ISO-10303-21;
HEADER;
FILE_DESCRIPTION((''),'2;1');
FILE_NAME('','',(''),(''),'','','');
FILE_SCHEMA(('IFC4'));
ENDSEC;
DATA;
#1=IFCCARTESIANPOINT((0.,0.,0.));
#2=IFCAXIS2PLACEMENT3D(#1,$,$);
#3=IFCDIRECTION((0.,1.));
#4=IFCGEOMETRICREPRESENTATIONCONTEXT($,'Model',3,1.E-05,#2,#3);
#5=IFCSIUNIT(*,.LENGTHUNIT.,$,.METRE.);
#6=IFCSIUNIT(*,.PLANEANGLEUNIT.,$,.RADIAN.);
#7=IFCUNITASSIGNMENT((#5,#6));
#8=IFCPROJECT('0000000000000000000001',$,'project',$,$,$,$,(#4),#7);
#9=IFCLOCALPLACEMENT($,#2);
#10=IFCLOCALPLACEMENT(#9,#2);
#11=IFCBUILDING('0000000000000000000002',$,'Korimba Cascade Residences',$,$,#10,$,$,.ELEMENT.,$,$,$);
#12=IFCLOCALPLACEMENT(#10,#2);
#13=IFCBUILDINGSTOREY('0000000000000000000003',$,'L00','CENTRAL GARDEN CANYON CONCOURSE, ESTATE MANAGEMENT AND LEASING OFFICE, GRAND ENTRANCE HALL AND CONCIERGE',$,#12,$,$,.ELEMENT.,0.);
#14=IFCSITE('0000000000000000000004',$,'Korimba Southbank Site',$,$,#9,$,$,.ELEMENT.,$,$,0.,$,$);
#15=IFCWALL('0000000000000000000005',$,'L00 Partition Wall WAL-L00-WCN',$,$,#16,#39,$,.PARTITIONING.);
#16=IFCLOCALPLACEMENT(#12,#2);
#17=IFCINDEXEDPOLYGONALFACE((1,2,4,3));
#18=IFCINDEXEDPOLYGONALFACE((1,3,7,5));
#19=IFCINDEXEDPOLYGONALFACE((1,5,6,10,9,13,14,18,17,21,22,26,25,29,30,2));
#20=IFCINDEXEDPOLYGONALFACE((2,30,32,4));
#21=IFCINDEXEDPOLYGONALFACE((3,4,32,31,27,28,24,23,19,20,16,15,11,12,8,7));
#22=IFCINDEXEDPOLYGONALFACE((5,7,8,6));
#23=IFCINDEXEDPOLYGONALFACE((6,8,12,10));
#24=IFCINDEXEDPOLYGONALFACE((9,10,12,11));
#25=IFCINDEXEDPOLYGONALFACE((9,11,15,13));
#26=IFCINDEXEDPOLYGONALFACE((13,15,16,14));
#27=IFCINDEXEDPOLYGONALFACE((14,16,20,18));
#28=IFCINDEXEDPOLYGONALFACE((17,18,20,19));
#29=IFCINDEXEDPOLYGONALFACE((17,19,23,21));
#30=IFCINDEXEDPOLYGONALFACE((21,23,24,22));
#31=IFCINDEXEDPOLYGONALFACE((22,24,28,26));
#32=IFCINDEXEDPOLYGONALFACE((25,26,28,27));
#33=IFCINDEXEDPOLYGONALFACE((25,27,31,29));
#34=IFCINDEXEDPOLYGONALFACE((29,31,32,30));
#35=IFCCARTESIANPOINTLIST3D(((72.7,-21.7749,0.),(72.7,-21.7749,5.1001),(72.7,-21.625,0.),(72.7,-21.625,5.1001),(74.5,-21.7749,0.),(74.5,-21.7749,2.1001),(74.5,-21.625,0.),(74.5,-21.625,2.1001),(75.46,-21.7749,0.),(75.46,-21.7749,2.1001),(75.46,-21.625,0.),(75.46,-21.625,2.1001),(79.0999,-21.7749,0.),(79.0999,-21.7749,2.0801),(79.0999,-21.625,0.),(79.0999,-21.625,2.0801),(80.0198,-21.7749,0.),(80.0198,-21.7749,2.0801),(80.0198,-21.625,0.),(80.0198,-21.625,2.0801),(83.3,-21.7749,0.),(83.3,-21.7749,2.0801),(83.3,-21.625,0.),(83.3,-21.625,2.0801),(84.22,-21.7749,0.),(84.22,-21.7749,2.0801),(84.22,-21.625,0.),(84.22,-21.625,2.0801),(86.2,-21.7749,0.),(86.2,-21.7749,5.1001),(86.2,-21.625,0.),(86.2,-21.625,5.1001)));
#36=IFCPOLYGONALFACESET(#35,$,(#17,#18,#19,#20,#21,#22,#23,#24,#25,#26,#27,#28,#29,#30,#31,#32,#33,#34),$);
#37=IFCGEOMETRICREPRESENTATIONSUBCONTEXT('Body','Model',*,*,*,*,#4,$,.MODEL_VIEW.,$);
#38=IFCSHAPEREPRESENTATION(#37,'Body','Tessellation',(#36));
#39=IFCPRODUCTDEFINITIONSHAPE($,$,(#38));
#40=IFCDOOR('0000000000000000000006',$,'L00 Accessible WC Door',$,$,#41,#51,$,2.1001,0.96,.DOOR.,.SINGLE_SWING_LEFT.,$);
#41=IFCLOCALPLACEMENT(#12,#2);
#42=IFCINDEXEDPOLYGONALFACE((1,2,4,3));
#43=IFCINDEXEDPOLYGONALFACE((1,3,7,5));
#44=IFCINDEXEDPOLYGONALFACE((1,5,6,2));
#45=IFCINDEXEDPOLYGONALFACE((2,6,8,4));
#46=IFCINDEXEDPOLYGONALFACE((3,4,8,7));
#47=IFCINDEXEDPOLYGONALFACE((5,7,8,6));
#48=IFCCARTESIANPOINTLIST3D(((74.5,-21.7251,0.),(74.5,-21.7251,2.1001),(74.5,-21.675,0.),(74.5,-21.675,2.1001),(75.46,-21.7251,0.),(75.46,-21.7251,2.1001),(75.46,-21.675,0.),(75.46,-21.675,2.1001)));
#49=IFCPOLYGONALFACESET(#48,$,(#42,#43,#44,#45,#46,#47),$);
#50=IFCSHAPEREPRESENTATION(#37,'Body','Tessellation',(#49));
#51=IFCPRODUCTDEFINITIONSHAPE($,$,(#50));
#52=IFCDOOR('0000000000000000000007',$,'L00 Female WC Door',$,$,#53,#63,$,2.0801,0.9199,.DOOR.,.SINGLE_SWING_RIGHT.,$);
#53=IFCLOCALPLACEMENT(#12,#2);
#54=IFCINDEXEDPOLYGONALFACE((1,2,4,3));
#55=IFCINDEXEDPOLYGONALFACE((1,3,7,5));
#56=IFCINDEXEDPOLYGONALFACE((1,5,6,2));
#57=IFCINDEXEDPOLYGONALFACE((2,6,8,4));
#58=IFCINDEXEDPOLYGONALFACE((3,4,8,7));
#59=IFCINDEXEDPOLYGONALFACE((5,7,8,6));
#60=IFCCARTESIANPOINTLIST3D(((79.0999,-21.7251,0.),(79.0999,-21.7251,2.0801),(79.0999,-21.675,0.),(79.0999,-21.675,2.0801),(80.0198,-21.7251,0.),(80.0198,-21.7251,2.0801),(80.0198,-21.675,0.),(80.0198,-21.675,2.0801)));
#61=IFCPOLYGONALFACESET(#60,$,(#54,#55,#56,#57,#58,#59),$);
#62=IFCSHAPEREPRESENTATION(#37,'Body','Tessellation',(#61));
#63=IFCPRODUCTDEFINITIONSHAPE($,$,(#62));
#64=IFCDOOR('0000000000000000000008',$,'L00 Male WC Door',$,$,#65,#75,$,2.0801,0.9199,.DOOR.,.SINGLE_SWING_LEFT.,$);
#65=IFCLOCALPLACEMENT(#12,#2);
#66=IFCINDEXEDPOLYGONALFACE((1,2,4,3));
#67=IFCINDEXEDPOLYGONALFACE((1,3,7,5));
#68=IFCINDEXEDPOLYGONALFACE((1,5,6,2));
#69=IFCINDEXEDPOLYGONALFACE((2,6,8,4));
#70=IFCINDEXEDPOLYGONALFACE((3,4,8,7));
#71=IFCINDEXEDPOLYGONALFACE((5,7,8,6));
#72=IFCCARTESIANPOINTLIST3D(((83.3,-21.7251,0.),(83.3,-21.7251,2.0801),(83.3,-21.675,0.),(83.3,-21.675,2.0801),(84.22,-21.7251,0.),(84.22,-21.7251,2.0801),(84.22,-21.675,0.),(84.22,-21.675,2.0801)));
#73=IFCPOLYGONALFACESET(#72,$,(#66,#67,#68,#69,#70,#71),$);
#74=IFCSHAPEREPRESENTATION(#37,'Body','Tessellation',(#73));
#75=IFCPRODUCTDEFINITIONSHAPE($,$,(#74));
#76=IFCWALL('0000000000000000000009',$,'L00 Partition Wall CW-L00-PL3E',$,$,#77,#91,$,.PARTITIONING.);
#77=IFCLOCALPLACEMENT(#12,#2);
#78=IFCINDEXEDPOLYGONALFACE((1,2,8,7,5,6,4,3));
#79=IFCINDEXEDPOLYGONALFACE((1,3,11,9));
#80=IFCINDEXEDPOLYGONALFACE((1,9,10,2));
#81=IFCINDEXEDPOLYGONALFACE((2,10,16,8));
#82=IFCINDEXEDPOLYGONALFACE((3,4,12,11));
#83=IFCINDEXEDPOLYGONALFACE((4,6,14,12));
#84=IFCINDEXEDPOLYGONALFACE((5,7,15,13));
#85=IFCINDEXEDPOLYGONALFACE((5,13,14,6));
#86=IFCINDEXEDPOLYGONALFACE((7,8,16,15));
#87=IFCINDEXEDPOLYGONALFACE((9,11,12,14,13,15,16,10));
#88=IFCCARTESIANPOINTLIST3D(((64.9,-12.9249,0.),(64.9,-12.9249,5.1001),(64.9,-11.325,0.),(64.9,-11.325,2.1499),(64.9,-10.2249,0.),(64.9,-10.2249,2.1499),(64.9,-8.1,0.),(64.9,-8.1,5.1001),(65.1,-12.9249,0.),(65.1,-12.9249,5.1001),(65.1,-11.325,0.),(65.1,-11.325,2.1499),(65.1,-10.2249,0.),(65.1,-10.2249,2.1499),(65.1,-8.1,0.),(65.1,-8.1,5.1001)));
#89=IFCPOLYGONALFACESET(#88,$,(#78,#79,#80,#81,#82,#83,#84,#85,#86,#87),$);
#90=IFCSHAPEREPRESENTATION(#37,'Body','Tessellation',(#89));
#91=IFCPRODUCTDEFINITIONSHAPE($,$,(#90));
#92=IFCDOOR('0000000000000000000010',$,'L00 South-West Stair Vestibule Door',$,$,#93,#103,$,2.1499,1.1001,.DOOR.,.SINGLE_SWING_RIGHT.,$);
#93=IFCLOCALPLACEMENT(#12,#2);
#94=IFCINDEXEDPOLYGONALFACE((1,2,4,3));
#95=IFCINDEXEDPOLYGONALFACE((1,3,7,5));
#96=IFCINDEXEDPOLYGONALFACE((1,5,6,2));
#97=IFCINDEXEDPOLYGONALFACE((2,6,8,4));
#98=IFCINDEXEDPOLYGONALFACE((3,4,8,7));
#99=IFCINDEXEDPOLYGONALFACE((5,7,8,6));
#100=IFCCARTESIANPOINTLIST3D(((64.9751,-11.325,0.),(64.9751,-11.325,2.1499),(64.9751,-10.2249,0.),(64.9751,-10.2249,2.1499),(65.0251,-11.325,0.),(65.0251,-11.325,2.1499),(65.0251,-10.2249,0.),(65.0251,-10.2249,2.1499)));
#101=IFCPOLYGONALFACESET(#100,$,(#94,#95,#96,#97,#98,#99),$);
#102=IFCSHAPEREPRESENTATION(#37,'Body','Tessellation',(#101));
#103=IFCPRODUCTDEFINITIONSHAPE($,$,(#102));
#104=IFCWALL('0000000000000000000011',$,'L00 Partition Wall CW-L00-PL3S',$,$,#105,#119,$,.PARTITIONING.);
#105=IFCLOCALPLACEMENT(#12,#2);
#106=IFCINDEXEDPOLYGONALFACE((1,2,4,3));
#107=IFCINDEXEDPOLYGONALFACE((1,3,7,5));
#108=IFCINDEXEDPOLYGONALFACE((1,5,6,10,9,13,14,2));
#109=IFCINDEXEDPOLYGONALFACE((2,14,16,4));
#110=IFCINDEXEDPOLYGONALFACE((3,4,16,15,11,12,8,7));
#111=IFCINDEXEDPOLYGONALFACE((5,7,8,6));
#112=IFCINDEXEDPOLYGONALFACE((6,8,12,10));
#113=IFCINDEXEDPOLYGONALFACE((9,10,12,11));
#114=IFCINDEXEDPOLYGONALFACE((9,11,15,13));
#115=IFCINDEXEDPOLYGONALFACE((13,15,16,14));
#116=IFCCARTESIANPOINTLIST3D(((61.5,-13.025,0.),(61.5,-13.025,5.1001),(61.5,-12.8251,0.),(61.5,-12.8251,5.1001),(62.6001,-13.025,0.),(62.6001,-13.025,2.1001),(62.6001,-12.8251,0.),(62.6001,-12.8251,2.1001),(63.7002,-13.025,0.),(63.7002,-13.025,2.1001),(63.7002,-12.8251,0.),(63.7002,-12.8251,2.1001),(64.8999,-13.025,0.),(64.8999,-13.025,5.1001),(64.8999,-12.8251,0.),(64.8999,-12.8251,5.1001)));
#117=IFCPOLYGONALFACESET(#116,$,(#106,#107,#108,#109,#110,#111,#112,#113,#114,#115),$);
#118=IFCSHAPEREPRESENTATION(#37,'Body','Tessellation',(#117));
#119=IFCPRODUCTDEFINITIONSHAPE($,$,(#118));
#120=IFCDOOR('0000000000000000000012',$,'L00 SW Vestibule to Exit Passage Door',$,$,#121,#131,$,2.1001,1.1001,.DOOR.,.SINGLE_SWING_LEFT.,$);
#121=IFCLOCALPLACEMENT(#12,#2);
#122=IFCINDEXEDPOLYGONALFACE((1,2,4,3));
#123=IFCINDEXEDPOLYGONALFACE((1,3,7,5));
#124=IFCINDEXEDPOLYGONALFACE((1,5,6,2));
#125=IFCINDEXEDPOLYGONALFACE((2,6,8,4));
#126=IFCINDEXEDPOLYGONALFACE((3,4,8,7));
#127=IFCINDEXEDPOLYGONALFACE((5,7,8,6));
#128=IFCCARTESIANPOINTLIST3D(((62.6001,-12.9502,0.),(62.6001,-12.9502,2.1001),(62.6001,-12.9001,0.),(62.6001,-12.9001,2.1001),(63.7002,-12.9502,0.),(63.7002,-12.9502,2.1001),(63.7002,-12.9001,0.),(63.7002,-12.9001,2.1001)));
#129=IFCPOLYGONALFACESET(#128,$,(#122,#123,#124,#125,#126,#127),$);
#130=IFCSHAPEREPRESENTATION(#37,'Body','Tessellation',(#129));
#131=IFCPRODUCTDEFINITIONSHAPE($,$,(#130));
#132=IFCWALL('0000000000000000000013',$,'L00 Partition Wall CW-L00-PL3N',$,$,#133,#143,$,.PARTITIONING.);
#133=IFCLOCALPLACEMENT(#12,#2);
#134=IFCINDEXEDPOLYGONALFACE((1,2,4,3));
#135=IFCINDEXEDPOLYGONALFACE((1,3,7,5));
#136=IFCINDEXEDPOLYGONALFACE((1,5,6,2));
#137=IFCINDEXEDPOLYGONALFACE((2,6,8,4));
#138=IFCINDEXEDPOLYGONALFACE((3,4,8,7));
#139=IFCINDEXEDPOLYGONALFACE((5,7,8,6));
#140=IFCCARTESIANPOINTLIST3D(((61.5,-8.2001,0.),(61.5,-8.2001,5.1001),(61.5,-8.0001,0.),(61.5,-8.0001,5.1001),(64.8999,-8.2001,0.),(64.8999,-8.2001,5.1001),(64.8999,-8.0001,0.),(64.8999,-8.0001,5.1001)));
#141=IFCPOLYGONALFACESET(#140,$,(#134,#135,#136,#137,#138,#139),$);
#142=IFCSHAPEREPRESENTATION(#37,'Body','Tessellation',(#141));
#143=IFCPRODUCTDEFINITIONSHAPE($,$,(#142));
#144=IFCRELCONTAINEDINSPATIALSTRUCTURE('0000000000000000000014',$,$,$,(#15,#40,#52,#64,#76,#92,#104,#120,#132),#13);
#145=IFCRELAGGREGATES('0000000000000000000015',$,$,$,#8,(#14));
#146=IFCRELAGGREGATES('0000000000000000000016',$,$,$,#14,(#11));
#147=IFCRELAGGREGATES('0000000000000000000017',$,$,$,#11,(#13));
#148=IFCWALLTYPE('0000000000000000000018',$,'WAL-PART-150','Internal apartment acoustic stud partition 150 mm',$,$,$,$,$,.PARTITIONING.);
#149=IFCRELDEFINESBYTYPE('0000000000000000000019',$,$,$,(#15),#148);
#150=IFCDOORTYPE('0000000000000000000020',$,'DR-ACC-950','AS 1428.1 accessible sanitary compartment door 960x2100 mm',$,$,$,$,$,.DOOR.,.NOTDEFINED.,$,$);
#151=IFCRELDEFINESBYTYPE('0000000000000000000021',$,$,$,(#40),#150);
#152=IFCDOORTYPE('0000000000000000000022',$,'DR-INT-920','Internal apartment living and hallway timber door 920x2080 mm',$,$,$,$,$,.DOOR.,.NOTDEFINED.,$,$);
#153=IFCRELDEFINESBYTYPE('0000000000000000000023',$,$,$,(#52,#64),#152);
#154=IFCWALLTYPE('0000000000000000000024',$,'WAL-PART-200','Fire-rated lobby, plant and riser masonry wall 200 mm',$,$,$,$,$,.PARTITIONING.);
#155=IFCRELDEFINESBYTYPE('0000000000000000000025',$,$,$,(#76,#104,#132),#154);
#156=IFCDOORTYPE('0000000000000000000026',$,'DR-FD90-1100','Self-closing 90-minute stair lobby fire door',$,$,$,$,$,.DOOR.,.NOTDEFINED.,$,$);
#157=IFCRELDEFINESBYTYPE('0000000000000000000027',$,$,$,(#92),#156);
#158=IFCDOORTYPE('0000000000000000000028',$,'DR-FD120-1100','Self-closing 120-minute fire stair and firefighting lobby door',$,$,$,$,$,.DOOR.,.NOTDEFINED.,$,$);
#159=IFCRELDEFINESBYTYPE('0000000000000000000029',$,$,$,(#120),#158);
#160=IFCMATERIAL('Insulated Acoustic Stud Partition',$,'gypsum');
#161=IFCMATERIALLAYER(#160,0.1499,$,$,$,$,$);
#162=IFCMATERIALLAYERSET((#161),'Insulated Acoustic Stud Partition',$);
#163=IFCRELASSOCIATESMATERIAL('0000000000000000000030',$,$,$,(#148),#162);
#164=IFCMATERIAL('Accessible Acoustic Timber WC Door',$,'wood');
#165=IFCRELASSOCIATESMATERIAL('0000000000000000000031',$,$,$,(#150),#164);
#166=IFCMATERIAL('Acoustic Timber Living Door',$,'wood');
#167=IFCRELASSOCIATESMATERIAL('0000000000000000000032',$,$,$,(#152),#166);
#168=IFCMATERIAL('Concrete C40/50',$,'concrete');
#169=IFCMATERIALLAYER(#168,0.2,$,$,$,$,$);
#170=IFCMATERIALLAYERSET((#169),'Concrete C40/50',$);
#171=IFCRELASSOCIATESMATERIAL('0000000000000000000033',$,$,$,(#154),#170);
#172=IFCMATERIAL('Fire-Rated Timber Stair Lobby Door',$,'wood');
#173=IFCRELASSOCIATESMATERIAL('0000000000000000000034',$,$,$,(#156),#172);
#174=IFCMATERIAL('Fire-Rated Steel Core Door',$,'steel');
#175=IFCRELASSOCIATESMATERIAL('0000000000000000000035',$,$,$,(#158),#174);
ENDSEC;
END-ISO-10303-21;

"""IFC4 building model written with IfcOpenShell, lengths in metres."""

from ifc_helpers import new_model, si_unit, direction, frame, frame_2d, origin, place, context, subcontext, project, spatial, rectangle, extrude, material, layer, layer_set, type_object, element, fill, save


model = new_model("IFC4")

# Units and contexts
model_context = context("Model", 3, precision=1e-05, world=origin(), true_north=direction((0.0, 1.0)))
body_context = subcontext(model_context, "Body", "Model", "MODEL_VIEW")
ifc_project = project(units=[si_unit("LENGTHUNIT", "METRE"), si_unit("PLANEANGLEUNIT", "RADIAN")], contexts=[model_context])

# Site, building, storey
site_placement = place(None, origin())
site = spatial("IfcSite", under=ifc_project, at=site_placement, Name="Korimba Southbank Site", CompositionType="ELEMENT", RefElevation=0.0)
building_placement = place(site_placement, origin())
building = spatial("IfcBuilding", under=site, at=building_placement, Name="Korimba Cascade Residences", CompositionType="ELEMENT")
storey_placement = place(building_placement, origin())
storey = spatial("IfcBuildingStorey", under=building, at=storey_placement, Name="L00", Description="CENTRAL GARDEN CANYON CONCOURSE, ESTATE MANAGEMENT AND LEASING OFFICE, GRAND ENTRANCE HALL AND CONCIERGE", CompositionType="ELEMENT", Elevation=0.0)

# Wall, openings, doors
ifc_material_1 = material(Name="Insulated Acoustic Stud Partition", Category="gypsum")
ifc_layer_1 = layer(ifc_material_1, 0.1499)
ifc_layer_set_1 = layer_set([ifc_layer_1], Name="Insulated Acoustic Stud Partition")
wall_type_1 = type_object("IfcWallType", Name="WAL-PART-150", Description="Internal apartment acoustic stud partition 150 mm", PredefinedType="PARTITIONING", material=ifc_layer_set_1)
wall_1_placement = place(storey_placement, frame((72.7, -21.7, 0.0), z_axis=(0.0, 0.0, 1.0), x_axis=(1.0, 0.0, 0.0)))
wall_1 = element("IfcWall", 1, at=wall_1_placement, inside=storey, type_object=wall_type_1, Name="L00 Partition Wall WAL-L00-WCN", PredefinedType="PARTITIONING", context=body_context, shape_type="SweptSolid", body=[
    extrude(rectangle(XDim=13.5, YDim=0.1499, at=frame_2d((6.75, 0.0))), origin(), (0.0, 0.0, 1.0), 5.1001),
])
opening_1_placement = place(wall_1_placement, frame((1.8, 0.0, 0.0)))
opening_1 = element("IfcOpeningElement", 2, at=opening_1_placement, cuts=wall_1, PredefinedType="OPENING", context=body_context, shape_type="SweptSolid", body=[
    extrude(rectangle(XDim=0.96, YDim=2.1001, at=frame_2d((0.48, 1.05))), frame((0.0, 0.085, 0.0), z_axis=(0.0, -1.0, 0.0), x_axis=(1.0, 0.0, 0.0)), (0.0, 0.0, 1.0), 0.1699),
])
opening_2_placement = place(wall_1_placement, frame((6.3999, 0.0, 0.0)))
opening_2 = element("IfcOpeningElement", 3, at=opening_2_placement, cuts=wall_1, PredefinedType="OPENING", context=body_context, shape_type="SweptSolid", body=[
    extrude(rectangle(XDim=0.9199, YDim=2.0801, at=frame_2d((0.46, 1.04))), frame((0.0, 0.085, 0.0), z_axis=(0.0, -1.0, 0.0), x_axis=(1.0, 0.0, 0.0)), (0.0, 0.0, 1.0), 0.1699),
])
opening_3_placement = place(wall_1_placement, frame((10.6001, 0.0, 0.0)))
opening_3 = element("IfcOpeningElement", 4, at=opening_3_placement, cuts=wall_1, PredefinedType="OPENING", context=body_context, shape_type="SweptSolid", body=[
    extrude(rectangle(XDim=0.9199, YDim=2.0801, at=frame_2d((0.46, 1.04))), frame((0.0, 0.085, 0.0), z_axis=(0.0, -1.0, 0.0), x_axis=(1.0, 0.0, 0.0)), (0.0, 0.0, 1.0), 0.1699),
])
ifc_material_2 = material(Name="Accessible Acoustic Timber WC Door", Category="wood")
door_type_1 = type_object("IfcDoorType", Name="DR-ACC-950", Description="AS 1428.1 accessible sanitary compartment door 960x2100 mm", OperationType="NOTDEFINED", PredefinedType="DOOR", material=ifc_material_2)
door_1_placement = place(opening_1_placement, origin())
door_1 = element("IfcDoor", 5, at=door_1_placement, inside=storey, type_object=door_type_1, Name="L00 Accessible WC Door", OperationType="SINGLE_SWING_LEFT", OverallHeight=2.1001, OverallWidth=0.96, PredefinedType="DOOR", context=body_context, shape_type="SweptSolid", body=[
    extrude(rectangle(XDim=0.96, YDim=2.1001, at=frame_2d((0.48, 1.05))), frame((0.0, 0.0249, 0.0), z_axis=(0.0, -1.0, 0.0), x_axis=(1.0, 0.0, 0.0)), (0.0, 0.0, 1.0), 0.05),
])
fill(opening_1, door_1)
ifc_material_3 = material(Name="Acoustic Timber Living Door", Category="wood")
door_type_2 = type_object("IfcDoorType", Name="DR-INT-920", Description="Internal apartment living and hallway timber door 920x2080 mm", OperationType="NOTDEFINED", PredefinedType="DOOR", material=ifc_material_3)
door_2_placement = place(opening_2_placement, origin())
door_2 = element("IfcDoor", 6, at=door_2_placement, inside=storey, type_object=door_type_2, Name="L00 Female WC Door", OperationType="SINGLE_SWING_RIGHT", OverallHeight=2.0801, OverallWidth=0.9199, PredefinedType="DOOR", context=body_context, shape_type="SweptSolid", body=[
    extrude(rectangle(XDim=0.9199, YDim=2.0801, at=frame_2d((0.46, 1.04))), frame((0.0, 0.0249, 0.0), z_axis=(0.0, -1.0, 0.0), x_axis=(1.0, 0.0, 0.0)), (0.0, 0.0, 1.0), 0.05),
])
fill(opening_2, door_2)
door_3_placement = place(opening_3_placement, origin())
door_3 = element("IfcDoor", 7, at=door_3_placement, inside=storey, type_object=door_type_2, Name="L00 Male WC Door", OperationType="SINGLE_SWING_LEFT", OverallHeight=2.0801, OverallWidth=0.9199, PredefinedType="DOOR", context=body_context, shape_type="SweptSolid", body=[
    extrude(rectangle(XDim=0.9199, YDim=2.0801, at=frame_2d((0.46, 1.04))), frame((0.0, 0.0249, 0.0), z_axis=(0.0, -1.0, 0.0), x_axis=(1.0, 0.0, 0.0)), (0.0, 0.0, 1.0), 0.05),
])
fill(opening_3, door_3)

# Walls, openings, doors
ifc_material_4 = material(Name="Concrete C40/50", Category="concrete")
ifc_layer_2 = layer(ifc_material_4, 0.2)
ifc_layer_set_2 = layer_set([ifc_layer_2], Name="Concrete C40/50")
wall_type_2 = type_object("IfcWallType", Name="WAL-PART-200", Description="Fire-rated lobby, plant and riser masonry wall 200 mm", PredefinedType="PARTITIONING", material=ifc_layer_set_2)
wall_2_placement = place(storey_placement, frame((65.0, -12.925, 0.0), z_axis=(0.0, 0.0, 1.0), x_axis=(0.0, 1.0, 0.0)))
wall_2 = element("IfcWall", 8, at=wall_2_placement, inside=storey, type_object=wall_type_2, Name="L00 Partition Wall CW-L00-PL3E", PredefinedType="PARTITIONING", context=body_context, shape_type="SweptSolid", body=[
    extrude(rectangle(XDim=4.825, YDim=0.2, at=frame_2d((2.4126, 0.0))), origin(), (0.0, 0.0, 1.0), 5.1001),
])
opening_4_placement = place(wall_2_placement, frame((1.6001, 0.0, 0.0)))
opening_4 = element("IfcOpeningElement", 9, at=opening_4_placement, cuts=wall_2, PredefinedType="OPENING", context=body_context, shape_type="SweptSolid", body=[
    extrude(rectangle(XDim=1.1001, YDim=2.1499, at=frame_2d((0.55, 1.075))), frame((0.0, 0.1099, 0.0), z_axis=(0.0, -1.0, 0.0), x_axis=(1.0, 0.0, 0.0)), (0.0, 0.0, 1.0), 0.22),
])
ifc_material_5 = material(Name="Fire-Rated Timber Stair Lobby Door", Category="wood")
door_type_3 = type_object("IfcDoorType", Name="DR-FD90-1100", Description="Self-closing 90-minute stair lobby fire door", OperationType="NOTDEFINED", PredefinedType="DOOR", material=ifc_material_5)
door_4_placement = place(opening_4_placement, origin())
door_4 = element("IfcDoor", 10, at=door_4_placement, inside=storey, type_object=door_type_3, Name="L00 South-West Stair Vestibule Door", OperationType="SINGLE_SWING_RIGHT", OverallHeight=2.1499, OverallWidth=1.1001, PredefinedType="DOOR", context=body_context, shape_type="SweptSolid", body=[
    extrude(rectangle(XDim=1.1001, YDim=2.1499, at=frame_2d((0.55, 1.075))), frame((0.0, 0.0249, 0.0), z_axis=(0.0, -1.0, 0.0), x_axis=(1.0, 0.0, 0.0)), (0.0, 0.0, 1.0), 0.05),
])
fill(opening_4, door_4)
wall_3_placement = place(storey_placement, frame((61.5, -12.925, 0.0), z_axis=(0.0, 0.0, 1.0), x_axis=(1.0, 0.0, 0.0)))
wall_3 = element("IfcWall", 11, at=wall_3_placement, inside=storey, type_object=wall_type_2, Name="L00 Partition Wall CW-L00-PL3S", PredefinedType="PARTITIONING", context=body_context, shape_type="SweptSolid", body=[
    extrude(rectangle(XDim=3.3999, YDim=0.2, at=frame_2d((1.7, 0.0))), origin(), (0.0, 0.0, 1.0), 5.1001),
])
opening_5_placement = place(wall_3_placement, frame((1.1001, 0.0, 0.0)))
opening_5 = element("IfcOpeningElement", 12, at=opening_5_placement, cuts=wall_3, PredefinedType="OPENING", context=body_context, shape_type="SweptSolid", body=[
    extrude(rectangle(XDim=1.1001, YDim=2.1001, at=frame_2d((0.55, 1.05))), frame((0.0, 0.1099, 0.0), z_axis=(0.0, -1.0, 0.0), x_axis=(1.0, 0.0, 0.0)), (0.0, 0.0, 1.0), 0.22),
])
ifc_material_6 = material(Name="Fire-Rated Steel Core Door", Category="steel")
door_type_4 = type_object("IfcDoorType", Name="DR-FD120-1100", Description="Self-closing 120-minute fire stair and firefighting lobby door", OperationType="NOTDEFINED", PredefinedType="DOOR", material=ifc_material_6)
door_5_placement = place(opening_5_placement, origin())
door_5 = element("IfcDoor", 13, at=door_5_placement, inside=storey, type_object=door_type_4, Name="L00 SW Vestibule to Exit Passage Door", OperationType="SINGLE_SWING_LEFT", OverallHeight=2.1001, OverallWidth=1.1001, PredefinedType="DOOR", context=body_context, shape_type="SweptSolid", body=[
    extrude(rectangle(XDim=1.1001, YDim=2.1001, at=frame_2d((0.55, 1.05))), frame((0.0, 0.0249, 0.0), z_axis=(0.0, -1.0, 0.0), x_axis=(1.0, 0.0, 0.0)), (0.0, 0.0, 1.0), 0.05),
])
fill(opening_5, door_5)

# Wall
wall_4_placement = place(storey_placement, frame((61.5, -8.1001, 0.0), z_axis=(0.0, 0.0, 1.0), x_axis=(1.0, 0.0, 0.0)))
element("IfcWall", 14, at=wall_4_placement, inside=storey, type_object=wall_type_2, Name="L00 Partition Wall CW-L00-PL3N", PredefinedType="PARTITIONING", context=body_context, shape_type="SweptSolid", body=[
    extrude(rectangle(XDim=3.3999, YDim=0.2, at=frame_2d((1.7, 0.0))), origin(), (0.0, 0.0, 1.0), 5.1001),
])

save(model, "model.ifc")
